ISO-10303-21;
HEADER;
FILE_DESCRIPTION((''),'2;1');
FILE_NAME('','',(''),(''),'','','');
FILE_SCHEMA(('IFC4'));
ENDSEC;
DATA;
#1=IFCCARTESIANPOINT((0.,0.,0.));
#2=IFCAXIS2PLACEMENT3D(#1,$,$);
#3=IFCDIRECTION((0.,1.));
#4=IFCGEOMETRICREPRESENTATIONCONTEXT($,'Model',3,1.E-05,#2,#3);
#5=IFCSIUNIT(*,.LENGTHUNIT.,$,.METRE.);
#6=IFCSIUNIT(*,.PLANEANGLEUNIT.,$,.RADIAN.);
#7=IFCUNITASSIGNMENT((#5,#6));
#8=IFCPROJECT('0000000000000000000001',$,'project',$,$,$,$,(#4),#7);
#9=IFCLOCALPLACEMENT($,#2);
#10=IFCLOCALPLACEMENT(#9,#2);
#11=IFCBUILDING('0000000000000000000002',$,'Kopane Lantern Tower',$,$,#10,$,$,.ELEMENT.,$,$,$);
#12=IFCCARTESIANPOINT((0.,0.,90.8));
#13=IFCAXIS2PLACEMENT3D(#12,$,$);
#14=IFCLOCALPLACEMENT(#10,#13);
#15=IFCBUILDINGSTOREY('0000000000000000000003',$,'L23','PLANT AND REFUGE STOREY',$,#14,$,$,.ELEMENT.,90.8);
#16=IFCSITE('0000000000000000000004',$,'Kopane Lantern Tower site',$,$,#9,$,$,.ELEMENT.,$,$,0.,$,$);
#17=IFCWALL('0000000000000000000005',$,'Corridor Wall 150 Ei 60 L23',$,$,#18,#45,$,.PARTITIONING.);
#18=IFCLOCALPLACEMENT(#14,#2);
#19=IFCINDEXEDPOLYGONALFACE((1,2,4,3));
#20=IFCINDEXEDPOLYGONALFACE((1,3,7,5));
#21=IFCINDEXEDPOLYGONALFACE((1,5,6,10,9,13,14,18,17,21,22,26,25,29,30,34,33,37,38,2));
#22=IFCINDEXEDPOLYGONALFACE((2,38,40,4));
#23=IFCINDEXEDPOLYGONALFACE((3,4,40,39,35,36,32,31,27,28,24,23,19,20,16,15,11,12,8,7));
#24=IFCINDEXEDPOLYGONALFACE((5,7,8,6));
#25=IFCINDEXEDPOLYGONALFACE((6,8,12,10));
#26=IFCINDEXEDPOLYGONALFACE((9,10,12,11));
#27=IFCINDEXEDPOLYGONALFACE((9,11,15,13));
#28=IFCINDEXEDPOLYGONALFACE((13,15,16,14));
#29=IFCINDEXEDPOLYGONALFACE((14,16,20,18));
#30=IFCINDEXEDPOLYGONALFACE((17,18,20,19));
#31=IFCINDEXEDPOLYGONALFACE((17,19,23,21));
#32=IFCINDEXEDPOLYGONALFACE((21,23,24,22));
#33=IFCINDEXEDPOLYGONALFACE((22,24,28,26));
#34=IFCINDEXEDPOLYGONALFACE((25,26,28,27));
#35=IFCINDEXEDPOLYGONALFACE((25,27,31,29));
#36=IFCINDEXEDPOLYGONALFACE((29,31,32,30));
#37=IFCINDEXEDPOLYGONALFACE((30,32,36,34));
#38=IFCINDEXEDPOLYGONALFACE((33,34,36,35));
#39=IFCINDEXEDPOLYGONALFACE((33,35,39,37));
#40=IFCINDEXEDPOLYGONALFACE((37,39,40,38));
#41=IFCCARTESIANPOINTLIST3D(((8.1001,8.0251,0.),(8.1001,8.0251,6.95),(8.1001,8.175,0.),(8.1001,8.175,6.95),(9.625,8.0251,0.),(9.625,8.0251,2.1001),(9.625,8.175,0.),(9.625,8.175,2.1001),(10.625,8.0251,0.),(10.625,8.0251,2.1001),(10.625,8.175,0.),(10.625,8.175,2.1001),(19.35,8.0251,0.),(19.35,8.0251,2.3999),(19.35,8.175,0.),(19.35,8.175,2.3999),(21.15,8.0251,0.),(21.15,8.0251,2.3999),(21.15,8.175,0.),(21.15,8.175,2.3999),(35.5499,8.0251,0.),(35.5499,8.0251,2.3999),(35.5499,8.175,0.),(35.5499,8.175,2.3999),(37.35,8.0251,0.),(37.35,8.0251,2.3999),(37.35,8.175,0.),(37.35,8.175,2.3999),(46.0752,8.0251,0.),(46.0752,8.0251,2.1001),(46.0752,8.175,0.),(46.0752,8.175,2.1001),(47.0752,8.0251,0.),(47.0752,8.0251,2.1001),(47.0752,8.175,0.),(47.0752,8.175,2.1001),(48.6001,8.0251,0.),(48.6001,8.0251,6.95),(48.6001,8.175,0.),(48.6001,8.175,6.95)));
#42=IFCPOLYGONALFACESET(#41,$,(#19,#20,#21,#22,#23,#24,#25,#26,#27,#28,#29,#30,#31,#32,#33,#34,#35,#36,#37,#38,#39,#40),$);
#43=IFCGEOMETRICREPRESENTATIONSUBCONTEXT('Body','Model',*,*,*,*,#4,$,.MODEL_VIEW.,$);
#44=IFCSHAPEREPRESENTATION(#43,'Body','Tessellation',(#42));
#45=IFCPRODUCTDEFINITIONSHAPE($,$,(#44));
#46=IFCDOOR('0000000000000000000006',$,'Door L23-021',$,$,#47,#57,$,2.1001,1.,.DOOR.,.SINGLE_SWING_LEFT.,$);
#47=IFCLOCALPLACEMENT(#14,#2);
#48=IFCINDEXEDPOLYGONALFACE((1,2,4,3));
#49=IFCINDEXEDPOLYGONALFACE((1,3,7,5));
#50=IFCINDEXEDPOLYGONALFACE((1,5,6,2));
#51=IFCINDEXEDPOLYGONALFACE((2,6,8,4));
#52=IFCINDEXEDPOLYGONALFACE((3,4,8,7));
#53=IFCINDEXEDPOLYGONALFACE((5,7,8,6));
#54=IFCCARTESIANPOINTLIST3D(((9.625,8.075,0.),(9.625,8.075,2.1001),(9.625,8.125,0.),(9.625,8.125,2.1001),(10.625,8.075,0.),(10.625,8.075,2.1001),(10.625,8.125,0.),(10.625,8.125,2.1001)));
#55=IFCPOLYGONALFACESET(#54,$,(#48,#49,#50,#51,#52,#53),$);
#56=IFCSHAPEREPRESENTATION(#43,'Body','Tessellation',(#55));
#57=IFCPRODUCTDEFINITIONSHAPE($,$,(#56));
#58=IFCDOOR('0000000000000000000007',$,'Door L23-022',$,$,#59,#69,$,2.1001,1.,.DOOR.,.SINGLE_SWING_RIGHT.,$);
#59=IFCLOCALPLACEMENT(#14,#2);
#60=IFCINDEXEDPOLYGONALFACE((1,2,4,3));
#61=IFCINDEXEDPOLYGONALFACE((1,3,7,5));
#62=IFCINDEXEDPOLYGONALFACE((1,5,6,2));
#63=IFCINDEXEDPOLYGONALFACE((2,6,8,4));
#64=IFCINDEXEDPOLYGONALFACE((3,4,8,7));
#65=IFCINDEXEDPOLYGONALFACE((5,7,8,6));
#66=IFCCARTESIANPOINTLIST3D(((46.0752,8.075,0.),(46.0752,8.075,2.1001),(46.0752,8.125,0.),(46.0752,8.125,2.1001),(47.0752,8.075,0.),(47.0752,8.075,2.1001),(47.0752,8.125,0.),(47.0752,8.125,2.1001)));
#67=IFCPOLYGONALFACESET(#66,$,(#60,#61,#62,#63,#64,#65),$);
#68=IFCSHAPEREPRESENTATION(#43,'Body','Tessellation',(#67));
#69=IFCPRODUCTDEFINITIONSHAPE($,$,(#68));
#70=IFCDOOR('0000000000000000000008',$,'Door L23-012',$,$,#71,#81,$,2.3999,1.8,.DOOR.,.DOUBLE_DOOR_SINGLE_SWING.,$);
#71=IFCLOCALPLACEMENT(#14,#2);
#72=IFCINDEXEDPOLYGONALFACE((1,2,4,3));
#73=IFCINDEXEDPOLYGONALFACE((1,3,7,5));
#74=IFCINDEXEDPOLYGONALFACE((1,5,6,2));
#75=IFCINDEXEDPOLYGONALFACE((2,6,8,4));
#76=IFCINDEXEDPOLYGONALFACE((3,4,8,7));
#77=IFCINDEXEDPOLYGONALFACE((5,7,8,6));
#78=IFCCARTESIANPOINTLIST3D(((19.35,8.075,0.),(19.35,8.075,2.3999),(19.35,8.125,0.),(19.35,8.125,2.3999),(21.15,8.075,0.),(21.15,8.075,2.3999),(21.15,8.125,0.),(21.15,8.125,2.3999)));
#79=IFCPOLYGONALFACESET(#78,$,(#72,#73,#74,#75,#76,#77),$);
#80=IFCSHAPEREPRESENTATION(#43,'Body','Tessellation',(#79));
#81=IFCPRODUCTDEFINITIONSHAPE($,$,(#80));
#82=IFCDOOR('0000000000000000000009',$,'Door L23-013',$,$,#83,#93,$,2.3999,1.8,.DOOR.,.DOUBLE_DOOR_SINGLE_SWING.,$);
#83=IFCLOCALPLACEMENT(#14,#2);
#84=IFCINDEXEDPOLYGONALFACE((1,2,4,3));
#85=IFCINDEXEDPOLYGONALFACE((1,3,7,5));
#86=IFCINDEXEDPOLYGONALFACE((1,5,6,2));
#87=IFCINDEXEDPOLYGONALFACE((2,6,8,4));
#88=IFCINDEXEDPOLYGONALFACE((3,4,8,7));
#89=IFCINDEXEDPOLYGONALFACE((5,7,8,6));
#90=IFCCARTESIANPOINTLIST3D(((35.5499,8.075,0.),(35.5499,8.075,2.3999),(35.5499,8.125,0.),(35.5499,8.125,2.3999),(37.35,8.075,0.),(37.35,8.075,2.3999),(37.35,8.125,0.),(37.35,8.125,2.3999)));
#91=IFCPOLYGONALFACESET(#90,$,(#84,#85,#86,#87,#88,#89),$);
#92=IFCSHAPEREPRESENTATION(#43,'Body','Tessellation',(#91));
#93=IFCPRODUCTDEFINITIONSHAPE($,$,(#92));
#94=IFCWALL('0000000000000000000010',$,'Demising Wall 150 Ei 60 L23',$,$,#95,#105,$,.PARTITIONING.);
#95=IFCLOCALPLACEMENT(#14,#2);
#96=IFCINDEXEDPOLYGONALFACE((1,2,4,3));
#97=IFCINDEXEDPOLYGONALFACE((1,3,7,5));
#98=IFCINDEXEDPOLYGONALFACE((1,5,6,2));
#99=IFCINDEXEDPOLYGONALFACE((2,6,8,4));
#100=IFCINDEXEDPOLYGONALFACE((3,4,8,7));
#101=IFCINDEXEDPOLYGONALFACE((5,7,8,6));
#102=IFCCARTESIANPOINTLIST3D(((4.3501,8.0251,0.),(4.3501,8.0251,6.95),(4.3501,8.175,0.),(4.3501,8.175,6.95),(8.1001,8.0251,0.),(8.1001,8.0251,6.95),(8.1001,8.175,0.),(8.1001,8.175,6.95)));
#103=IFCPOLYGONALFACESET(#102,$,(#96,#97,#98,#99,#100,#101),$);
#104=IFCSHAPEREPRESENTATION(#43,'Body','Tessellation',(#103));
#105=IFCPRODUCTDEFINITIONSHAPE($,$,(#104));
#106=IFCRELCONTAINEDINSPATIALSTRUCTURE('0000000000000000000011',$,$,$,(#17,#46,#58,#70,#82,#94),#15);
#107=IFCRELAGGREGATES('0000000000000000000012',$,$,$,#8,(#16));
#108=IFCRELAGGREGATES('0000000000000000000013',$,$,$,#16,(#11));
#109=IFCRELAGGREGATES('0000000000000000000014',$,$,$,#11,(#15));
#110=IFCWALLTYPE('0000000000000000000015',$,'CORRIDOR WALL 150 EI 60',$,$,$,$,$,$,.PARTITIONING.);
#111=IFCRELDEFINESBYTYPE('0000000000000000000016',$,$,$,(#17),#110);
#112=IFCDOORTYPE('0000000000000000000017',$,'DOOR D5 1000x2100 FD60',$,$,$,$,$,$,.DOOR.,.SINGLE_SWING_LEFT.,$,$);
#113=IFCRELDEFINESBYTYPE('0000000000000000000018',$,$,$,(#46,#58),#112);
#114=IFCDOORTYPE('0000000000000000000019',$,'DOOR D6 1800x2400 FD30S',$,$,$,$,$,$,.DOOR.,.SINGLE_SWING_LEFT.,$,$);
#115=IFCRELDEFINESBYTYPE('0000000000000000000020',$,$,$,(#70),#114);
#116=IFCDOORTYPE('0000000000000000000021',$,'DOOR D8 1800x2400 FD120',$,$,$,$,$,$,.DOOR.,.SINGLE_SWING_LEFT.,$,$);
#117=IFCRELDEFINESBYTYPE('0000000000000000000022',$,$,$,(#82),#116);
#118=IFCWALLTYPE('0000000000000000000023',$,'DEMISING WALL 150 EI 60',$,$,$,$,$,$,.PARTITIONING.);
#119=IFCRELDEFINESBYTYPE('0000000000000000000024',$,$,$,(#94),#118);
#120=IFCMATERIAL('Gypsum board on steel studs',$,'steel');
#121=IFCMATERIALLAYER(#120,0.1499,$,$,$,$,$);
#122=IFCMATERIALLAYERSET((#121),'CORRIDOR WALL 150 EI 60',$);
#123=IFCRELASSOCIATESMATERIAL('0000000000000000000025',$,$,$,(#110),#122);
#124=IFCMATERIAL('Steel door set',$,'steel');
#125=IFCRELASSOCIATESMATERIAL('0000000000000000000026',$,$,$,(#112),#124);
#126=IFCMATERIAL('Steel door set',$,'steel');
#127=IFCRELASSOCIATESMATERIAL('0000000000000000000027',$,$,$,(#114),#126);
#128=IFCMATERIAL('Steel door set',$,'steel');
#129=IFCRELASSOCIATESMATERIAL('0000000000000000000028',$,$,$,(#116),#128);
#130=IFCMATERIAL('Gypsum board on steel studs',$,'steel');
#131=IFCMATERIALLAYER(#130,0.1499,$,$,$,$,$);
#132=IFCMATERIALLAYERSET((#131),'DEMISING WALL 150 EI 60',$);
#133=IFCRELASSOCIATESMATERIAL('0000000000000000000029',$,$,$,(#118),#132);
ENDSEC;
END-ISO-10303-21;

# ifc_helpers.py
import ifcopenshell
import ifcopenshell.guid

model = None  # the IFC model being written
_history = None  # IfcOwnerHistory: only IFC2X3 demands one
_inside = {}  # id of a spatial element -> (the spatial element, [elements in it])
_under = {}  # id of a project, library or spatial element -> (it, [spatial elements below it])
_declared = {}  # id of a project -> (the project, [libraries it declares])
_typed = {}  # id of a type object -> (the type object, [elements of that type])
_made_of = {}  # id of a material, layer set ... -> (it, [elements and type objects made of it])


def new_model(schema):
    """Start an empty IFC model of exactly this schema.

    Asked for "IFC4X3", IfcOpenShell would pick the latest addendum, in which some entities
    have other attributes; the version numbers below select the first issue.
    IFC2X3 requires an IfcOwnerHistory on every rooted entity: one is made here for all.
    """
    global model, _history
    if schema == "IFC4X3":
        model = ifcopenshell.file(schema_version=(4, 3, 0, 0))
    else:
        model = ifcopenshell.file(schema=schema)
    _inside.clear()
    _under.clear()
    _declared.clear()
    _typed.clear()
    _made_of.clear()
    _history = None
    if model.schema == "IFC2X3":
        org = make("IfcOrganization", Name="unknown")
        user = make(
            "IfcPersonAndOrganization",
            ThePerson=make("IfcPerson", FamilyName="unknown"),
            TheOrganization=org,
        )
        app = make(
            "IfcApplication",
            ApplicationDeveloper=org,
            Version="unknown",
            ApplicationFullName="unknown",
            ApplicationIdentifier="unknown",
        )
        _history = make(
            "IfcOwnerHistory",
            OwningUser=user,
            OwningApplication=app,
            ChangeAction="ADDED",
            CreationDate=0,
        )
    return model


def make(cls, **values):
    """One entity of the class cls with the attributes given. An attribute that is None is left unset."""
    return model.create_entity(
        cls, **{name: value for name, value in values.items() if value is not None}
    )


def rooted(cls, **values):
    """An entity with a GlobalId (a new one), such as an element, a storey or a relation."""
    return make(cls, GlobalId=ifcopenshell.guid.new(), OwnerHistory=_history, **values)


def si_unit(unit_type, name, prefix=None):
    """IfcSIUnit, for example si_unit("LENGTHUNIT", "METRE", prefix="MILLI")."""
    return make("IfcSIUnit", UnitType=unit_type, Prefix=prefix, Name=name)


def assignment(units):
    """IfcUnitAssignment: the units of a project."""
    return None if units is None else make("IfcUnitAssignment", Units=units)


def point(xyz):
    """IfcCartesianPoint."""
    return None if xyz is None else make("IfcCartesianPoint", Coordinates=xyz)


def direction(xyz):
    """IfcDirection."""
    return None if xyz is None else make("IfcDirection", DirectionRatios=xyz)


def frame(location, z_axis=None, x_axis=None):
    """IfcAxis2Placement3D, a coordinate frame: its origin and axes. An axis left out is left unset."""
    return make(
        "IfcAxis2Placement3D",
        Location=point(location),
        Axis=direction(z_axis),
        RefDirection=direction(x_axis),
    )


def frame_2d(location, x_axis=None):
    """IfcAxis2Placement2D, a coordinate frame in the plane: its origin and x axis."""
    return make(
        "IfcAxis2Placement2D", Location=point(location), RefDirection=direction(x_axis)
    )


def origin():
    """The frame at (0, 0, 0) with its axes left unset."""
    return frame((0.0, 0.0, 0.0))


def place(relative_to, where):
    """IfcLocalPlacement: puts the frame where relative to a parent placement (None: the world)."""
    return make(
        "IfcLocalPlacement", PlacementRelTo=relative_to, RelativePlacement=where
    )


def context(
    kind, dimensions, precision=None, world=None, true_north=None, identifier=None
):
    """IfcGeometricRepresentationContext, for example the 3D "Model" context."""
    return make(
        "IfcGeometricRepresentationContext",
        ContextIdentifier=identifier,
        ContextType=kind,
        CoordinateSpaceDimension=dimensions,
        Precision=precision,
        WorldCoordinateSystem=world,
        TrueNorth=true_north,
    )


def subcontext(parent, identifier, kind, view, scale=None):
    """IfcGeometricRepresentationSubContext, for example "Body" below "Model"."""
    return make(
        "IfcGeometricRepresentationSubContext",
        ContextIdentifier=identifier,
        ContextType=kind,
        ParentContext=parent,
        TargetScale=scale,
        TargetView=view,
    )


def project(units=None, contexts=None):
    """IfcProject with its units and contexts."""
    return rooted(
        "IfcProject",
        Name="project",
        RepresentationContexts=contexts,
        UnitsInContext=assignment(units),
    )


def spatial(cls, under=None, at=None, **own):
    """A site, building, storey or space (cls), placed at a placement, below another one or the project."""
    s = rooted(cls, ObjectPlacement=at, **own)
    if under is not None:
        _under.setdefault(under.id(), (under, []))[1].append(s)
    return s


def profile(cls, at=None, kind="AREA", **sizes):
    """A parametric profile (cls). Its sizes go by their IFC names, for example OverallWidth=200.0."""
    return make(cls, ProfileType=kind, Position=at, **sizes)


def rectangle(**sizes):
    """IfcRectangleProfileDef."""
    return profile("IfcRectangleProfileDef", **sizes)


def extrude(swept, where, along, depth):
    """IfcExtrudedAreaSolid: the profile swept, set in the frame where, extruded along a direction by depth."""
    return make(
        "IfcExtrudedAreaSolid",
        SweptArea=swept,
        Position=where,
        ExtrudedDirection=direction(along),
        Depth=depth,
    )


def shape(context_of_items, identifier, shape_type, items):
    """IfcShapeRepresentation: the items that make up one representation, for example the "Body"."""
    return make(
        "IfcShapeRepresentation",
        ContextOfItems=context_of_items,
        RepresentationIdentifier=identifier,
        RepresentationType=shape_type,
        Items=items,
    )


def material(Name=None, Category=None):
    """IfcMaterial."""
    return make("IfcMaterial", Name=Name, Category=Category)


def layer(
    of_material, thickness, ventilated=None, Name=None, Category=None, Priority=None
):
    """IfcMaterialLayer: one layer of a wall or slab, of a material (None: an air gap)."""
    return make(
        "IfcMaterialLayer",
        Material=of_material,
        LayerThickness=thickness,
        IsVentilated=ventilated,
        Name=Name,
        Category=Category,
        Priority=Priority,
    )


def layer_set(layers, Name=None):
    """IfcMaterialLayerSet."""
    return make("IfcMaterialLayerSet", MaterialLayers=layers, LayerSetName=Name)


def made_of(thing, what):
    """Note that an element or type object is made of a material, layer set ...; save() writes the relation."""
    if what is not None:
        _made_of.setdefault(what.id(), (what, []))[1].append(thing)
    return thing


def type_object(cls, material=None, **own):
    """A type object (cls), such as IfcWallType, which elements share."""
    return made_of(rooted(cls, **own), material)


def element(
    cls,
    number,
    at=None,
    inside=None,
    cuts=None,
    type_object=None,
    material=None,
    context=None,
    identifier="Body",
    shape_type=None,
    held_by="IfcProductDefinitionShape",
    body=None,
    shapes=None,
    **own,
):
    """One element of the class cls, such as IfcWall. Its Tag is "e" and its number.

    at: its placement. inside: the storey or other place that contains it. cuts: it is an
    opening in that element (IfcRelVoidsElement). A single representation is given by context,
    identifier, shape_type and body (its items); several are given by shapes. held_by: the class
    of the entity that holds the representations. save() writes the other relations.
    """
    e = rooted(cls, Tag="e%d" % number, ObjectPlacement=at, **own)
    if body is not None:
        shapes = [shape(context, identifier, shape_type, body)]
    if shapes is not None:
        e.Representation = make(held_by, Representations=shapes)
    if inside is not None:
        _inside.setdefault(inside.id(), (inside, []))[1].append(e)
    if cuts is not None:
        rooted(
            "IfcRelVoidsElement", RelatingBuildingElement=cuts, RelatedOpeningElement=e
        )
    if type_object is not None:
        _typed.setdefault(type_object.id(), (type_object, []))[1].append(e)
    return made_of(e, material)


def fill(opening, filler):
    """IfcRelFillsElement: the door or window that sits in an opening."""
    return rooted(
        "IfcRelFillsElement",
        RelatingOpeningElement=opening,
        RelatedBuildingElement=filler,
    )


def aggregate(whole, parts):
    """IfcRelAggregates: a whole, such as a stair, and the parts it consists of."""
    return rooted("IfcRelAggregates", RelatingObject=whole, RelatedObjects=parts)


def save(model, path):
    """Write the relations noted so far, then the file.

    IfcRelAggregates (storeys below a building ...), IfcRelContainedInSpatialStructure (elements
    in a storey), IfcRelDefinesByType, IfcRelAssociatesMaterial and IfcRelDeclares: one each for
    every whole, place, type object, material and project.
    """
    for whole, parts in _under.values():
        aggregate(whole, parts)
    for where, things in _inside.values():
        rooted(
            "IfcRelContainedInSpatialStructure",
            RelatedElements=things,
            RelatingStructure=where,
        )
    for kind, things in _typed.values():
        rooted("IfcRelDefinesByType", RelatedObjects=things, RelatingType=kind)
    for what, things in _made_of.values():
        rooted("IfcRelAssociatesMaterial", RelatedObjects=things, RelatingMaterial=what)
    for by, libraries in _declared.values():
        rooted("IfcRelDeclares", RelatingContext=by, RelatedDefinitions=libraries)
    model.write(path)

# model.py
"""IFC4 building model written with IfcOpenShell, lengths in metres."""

from ifc_helpers import new_model, si_unit, direction, frame, frame_2d, origin, place, context, subcontext, project, spatial, rectangle, extrude, material, layer, layer_set, type_object, element, fill, save


model = new_model("IFC4")

# Units and contexts
model_context = context("Model", 3, precision=1e-05, world=origin(), true_north=direction((0.0, 1.0)))
body_context = subcontext(model_context, "Body", "Model", "MODEL_VIEW")
ifc_project = project(units=[si_unit("LENGTHUNIT", "METRE"), si_unit("PLANEANGLEUNIT", "RADIAN")], contexts=[model_context])

# Site, building, storey
site_placement = place(None, origin())
site = spatial("IfcSite", under=ifc_project, at=site_placement, Name="Kopane Lantern Tower site", CompositionType="ELEMENT", RefElevation=0.0)
building_placement = place(site_placement, origin())
building = spatial("IfcBuilding", under=site, at=building_placement, Name="Kopane Lantern Tower", CompositionType="ELEMENT")
storey_placement = place(building_placement, frame((0.0, 0.0, 90.8)))
storey = spatial("IfcBuildingStorey", under=building, at=storey_placement, Name="L23", Description="PLANT AND REFUGE STOREY", CompositionType="ELEMENT", Elevation=90.8)

# Wall, openings, doors
ifc_material_1 = material(Name="Gypsum board on steel studs", Category="steel")
ifc_layer_1 = layer(ifc_material_1, 0.1499)
ifc_layer_set_1 = layer_set([ifc_layer_1], Name="CORRIDOR WALL 150 EI 60")
wall_type_1 = type_object("IfcWallType", Name="CORRIDOR WALL 150 EI 60", PredefinedType="PARTITIONING", material=ifc_layer_set_1)
wall_1_placement = place(storey_placement, frame((8.1001, 8.1001, 0.0), z_axis=(0.0, 0.0, 1.0), x_axis=(1.0, 0.0, 0.0)))
wall_1 = element("IfcWall", 1, at=wall_1_placement, inside=storey, type_object=wall_type_1, Name="Corridor Wall 150 Ei 60 L23", PredefinedType="PARTITIONING", context=body_context, shape_type="SweptSolid", body=[
    extrude(rectangle(XDim=40.5, YDim=0.1499, at=frame_2d((20.25, 0.0))), origin(), (0.0, 0.0, 1.0), 6.95),
])
opening_1_placement = place(wall_1_placement, frame((11.25, 0.0, 0.0)))
opening_1 = element("IfcOpeningElement", 2, at=opening_1_placement, cuts=wall_1, PredefinedType="OPENING", context=body_context, shape_type="SweptSolid", body=[
    extrude(rectangle(XDim=1.8, YDim=2.3999, at=frame_2d((0.8999, 1.2))), frame((0.0, 0.085, 0.0), z_axis=(0.0, -1.0, 0.0), x_axis=(1.0, 0.0, 0.0)), (0.0, 0.0, 1.0), 0.1699),
])
opening_2_placement = place(wall_1_placement, frame((27.45, 0.0, 0.0)))
opening_2 = element("IfcOpeningElement", 3, at=opening_2_placement, cuts=wall_1, PredefinedType="OPENING", context=body_context, shape_type="SweptSolid", body=[
    extrude(rectangle(XDim=1.8, YDim=2.3999, at=frame_2d((0.8999, 1.2))), frame((0.0, 0.085, 0.0), z_axis=(0.0, -1.0, 0.0), x_axis=(1.0, 0.0, 0.0)), (0.0, 0.0, 1.0), 0.1699),
])
opening_3_placement = place(wall_1_placement, frame((1.5249, 0.0, 0.0)))
opening_3 = element("IfcOpeningElement", 4, at=opening_3_placement, cuts=wall_1, PredefinedType="OPENING", context=body_context, shape_type="SweptSolid", body=[
    extrude(rectangle(XDim=1.0, YDim=2.1001, at=frame_2d((0.5, 1.05))), frame((0.0, 0.085, 0.0), z_axis=(0.0, -1.0, 0.0), x_axis=(1.0, 0.0, 0.0)), (0.0, 0.0, 1.0), 0.1699),
])
opening_4_placement = place(wall_1_placement, frame((37.9751, 0.0, 0.0)))
opening_4 = element("IfcOpeningElement", 5, at=opening_4_placement, cuts=wall_1, PredefinedType="OPENING", context=body_context, shape_type="SweptSolid", body=[
    extrude(rectangle(XDim=1.0, YDim=2.1001, at=frame_2d((0.5, 1.05))), frame((0.0, 0.085, 0.0), z_axis=(0.0, -1.0, 0.0), x_axis=(1.0, 0.0, 0.0)), (0.0, 0.0, 1.0), 0.1699),
])
ifc_material_2 = material(Name="Steel door set", Category="steel")
door_type_1 = type_object("IfcDoorType", Name="DOOR D5 1000x2100 FD60", OperationType="SINGLE_SWING_LEFT", PredefinedType="DOOR", material=ifc_material_2)
door_1_placement = place(opening_3_placement, origin())
door_1 = element("IfcDoor", 6, at=door_1_placement, inside=storey, type_object=door_type_1, Name="Door L23-021", OperationType="SINGLE_SWING_LEFT", OverallHeight=2.1001, OverallWidth=1.0, PredefinedType="DOOR", context=body_context, shape_type="SweptSolid", body=[
    extrude(rectangle(XDim=1.0, YDim=2.1001, at=frame_2d((0.5, 1.05))), frame((0.0, 0.0249, 0.0), z_axis=(0.0, -1.0, 0.0), x_axis=(1.0, 0.0, 0.0)), (0.0, 0.0, 1.0), 0.05),
])
fill(opening_3, door_1)
door_2_placement = place(opening_4_placement, origin())
door_2 = element("IfcDoor", 7, at=door_2_placement, inside=storey, type_object=door_type_1, Name="Door L23-022", OperationType="SINGLE_SWING_RIGHT", OverallHeight=2.1001, OverallWidth=1.0, PredefinedType="DOOR", context=body_context, shape_type="SweptSolid", body=[
    extrude(rectangle(XDim=1.0, YDim=2.1001, at=frame_2d((0.5, 1.05))), frame((0.0, 0.0249, 0.0), z_axis=(0.0, -1.0, 0.0), x_axis=(1.0, 0.0, 0.0)), (0.0, 0.0, 1.0), 0.05),
])
fill(opening_4, door_2)
ifc_material_3 = material(Name="Steel door set", Category="steel")
door_type_2 = type_object("IfcDoorType", Name="DOOR D6 1800x2400 FD30S", OperationType="SINGLE_SWING_LEFT", PredefinedType="DOOR", material=ifc_material_3)
door_3_placement = place(opening_1_placement, origin())
door_3 = element("IfcDoor", 8, at=door_3_placement, inside=storey, type_object=door_type_2, Name="Door L23-012", OperationType="DOUBLE_DOOR_SINGLE_SWING", OverallHeight=2.3999, OverallWidth=1.8, PredefinedType="DOOR", context=body_context, shape_type="SweptSolid", body=[
    extrude(rectangle(XDim=1.8, YDim=2.3999, at=frame_2d((0.8999, 1.2))), frame((0.0, 0.0249, 0.0), z_axis=(0.0, -1.0, 0.0), x_axis=(1.0, 0.0, 0.0)), (0.0, 0.0, 1.0), 0.05),
])
fill(opening_1, door_3)
ifc_material_4 = material(Name="Steel door set", Category="steel")
door_type_3 = type_object("IfcDoorType", Name="DOOR D8 1800x2400 FD120", OperationType="SINGLE_SWING_LEFT", PredefinedType="DOOR", material=ifc_material_4)
door_4_placement = place(opening_2_placement, origin())
door_4 = element("IfcDoor", 9, at=door_4_placement, inside=storey, type_object=door_type_3, Name="Door L23-013", OperationType="DOUBLE_DOOR_SINGLE_SWING", OverallHeight=2.3999, OverallWidth=1.8, PredefinedType="DOOR", context=body_context, shape_type="SweptSolid", body=[
    extrude(rectangle(XDim=1.8, YDim=2.3999, at=frame_2d((0.8999, 1.2))), frame((0.0, 0.0249, 0.0), z_axis=(0.0, -1.0, 0.0), x_axis=(1.0, 0.0, 0.0)), (0.0, 0.0, 1.0), 0.05),
])
fill(opening_2, door_4)

# Wall
ifc_material_5 = material(Name="Gypsum board on steel studs", Category="steel")
ifc_layer_2 = layer(ifc_material_5, 0.1499)
ifc_layer_set_2 = layer_set([ifc_layer_2], Name="DEMISING WALL 150 EI 60")
wall_type_2 = type_object("IfcWallType", Name="DEMISING WALL 150 EI 60", PredefinedType="PARTITIONING", material=ifc_layer_set_2)
wall_2_placement = place(storey_placement, frame((4.3501, 8.1001, 0.0), z_axis=(0.0, 0.0, 1.0), x_axis=(1.0, 0.0, 0.0)))
element("IfcWall", 10, at=wall_2_placement, inside=storey, type_object=wall_type_2, Name="Demising Wall 150 Ei 60 L23", PredefinedType="PARTITIONING", context=body_context, shape_type="SweptSolid", body=[
    extrude(rectangle(XDim=3.75, YDim=0.1499, at=frame_2d((1.875, 0.0))), origin(), (0.0, 0.0, 1.0), 6.95),
])

save(model, "model.ifc")
